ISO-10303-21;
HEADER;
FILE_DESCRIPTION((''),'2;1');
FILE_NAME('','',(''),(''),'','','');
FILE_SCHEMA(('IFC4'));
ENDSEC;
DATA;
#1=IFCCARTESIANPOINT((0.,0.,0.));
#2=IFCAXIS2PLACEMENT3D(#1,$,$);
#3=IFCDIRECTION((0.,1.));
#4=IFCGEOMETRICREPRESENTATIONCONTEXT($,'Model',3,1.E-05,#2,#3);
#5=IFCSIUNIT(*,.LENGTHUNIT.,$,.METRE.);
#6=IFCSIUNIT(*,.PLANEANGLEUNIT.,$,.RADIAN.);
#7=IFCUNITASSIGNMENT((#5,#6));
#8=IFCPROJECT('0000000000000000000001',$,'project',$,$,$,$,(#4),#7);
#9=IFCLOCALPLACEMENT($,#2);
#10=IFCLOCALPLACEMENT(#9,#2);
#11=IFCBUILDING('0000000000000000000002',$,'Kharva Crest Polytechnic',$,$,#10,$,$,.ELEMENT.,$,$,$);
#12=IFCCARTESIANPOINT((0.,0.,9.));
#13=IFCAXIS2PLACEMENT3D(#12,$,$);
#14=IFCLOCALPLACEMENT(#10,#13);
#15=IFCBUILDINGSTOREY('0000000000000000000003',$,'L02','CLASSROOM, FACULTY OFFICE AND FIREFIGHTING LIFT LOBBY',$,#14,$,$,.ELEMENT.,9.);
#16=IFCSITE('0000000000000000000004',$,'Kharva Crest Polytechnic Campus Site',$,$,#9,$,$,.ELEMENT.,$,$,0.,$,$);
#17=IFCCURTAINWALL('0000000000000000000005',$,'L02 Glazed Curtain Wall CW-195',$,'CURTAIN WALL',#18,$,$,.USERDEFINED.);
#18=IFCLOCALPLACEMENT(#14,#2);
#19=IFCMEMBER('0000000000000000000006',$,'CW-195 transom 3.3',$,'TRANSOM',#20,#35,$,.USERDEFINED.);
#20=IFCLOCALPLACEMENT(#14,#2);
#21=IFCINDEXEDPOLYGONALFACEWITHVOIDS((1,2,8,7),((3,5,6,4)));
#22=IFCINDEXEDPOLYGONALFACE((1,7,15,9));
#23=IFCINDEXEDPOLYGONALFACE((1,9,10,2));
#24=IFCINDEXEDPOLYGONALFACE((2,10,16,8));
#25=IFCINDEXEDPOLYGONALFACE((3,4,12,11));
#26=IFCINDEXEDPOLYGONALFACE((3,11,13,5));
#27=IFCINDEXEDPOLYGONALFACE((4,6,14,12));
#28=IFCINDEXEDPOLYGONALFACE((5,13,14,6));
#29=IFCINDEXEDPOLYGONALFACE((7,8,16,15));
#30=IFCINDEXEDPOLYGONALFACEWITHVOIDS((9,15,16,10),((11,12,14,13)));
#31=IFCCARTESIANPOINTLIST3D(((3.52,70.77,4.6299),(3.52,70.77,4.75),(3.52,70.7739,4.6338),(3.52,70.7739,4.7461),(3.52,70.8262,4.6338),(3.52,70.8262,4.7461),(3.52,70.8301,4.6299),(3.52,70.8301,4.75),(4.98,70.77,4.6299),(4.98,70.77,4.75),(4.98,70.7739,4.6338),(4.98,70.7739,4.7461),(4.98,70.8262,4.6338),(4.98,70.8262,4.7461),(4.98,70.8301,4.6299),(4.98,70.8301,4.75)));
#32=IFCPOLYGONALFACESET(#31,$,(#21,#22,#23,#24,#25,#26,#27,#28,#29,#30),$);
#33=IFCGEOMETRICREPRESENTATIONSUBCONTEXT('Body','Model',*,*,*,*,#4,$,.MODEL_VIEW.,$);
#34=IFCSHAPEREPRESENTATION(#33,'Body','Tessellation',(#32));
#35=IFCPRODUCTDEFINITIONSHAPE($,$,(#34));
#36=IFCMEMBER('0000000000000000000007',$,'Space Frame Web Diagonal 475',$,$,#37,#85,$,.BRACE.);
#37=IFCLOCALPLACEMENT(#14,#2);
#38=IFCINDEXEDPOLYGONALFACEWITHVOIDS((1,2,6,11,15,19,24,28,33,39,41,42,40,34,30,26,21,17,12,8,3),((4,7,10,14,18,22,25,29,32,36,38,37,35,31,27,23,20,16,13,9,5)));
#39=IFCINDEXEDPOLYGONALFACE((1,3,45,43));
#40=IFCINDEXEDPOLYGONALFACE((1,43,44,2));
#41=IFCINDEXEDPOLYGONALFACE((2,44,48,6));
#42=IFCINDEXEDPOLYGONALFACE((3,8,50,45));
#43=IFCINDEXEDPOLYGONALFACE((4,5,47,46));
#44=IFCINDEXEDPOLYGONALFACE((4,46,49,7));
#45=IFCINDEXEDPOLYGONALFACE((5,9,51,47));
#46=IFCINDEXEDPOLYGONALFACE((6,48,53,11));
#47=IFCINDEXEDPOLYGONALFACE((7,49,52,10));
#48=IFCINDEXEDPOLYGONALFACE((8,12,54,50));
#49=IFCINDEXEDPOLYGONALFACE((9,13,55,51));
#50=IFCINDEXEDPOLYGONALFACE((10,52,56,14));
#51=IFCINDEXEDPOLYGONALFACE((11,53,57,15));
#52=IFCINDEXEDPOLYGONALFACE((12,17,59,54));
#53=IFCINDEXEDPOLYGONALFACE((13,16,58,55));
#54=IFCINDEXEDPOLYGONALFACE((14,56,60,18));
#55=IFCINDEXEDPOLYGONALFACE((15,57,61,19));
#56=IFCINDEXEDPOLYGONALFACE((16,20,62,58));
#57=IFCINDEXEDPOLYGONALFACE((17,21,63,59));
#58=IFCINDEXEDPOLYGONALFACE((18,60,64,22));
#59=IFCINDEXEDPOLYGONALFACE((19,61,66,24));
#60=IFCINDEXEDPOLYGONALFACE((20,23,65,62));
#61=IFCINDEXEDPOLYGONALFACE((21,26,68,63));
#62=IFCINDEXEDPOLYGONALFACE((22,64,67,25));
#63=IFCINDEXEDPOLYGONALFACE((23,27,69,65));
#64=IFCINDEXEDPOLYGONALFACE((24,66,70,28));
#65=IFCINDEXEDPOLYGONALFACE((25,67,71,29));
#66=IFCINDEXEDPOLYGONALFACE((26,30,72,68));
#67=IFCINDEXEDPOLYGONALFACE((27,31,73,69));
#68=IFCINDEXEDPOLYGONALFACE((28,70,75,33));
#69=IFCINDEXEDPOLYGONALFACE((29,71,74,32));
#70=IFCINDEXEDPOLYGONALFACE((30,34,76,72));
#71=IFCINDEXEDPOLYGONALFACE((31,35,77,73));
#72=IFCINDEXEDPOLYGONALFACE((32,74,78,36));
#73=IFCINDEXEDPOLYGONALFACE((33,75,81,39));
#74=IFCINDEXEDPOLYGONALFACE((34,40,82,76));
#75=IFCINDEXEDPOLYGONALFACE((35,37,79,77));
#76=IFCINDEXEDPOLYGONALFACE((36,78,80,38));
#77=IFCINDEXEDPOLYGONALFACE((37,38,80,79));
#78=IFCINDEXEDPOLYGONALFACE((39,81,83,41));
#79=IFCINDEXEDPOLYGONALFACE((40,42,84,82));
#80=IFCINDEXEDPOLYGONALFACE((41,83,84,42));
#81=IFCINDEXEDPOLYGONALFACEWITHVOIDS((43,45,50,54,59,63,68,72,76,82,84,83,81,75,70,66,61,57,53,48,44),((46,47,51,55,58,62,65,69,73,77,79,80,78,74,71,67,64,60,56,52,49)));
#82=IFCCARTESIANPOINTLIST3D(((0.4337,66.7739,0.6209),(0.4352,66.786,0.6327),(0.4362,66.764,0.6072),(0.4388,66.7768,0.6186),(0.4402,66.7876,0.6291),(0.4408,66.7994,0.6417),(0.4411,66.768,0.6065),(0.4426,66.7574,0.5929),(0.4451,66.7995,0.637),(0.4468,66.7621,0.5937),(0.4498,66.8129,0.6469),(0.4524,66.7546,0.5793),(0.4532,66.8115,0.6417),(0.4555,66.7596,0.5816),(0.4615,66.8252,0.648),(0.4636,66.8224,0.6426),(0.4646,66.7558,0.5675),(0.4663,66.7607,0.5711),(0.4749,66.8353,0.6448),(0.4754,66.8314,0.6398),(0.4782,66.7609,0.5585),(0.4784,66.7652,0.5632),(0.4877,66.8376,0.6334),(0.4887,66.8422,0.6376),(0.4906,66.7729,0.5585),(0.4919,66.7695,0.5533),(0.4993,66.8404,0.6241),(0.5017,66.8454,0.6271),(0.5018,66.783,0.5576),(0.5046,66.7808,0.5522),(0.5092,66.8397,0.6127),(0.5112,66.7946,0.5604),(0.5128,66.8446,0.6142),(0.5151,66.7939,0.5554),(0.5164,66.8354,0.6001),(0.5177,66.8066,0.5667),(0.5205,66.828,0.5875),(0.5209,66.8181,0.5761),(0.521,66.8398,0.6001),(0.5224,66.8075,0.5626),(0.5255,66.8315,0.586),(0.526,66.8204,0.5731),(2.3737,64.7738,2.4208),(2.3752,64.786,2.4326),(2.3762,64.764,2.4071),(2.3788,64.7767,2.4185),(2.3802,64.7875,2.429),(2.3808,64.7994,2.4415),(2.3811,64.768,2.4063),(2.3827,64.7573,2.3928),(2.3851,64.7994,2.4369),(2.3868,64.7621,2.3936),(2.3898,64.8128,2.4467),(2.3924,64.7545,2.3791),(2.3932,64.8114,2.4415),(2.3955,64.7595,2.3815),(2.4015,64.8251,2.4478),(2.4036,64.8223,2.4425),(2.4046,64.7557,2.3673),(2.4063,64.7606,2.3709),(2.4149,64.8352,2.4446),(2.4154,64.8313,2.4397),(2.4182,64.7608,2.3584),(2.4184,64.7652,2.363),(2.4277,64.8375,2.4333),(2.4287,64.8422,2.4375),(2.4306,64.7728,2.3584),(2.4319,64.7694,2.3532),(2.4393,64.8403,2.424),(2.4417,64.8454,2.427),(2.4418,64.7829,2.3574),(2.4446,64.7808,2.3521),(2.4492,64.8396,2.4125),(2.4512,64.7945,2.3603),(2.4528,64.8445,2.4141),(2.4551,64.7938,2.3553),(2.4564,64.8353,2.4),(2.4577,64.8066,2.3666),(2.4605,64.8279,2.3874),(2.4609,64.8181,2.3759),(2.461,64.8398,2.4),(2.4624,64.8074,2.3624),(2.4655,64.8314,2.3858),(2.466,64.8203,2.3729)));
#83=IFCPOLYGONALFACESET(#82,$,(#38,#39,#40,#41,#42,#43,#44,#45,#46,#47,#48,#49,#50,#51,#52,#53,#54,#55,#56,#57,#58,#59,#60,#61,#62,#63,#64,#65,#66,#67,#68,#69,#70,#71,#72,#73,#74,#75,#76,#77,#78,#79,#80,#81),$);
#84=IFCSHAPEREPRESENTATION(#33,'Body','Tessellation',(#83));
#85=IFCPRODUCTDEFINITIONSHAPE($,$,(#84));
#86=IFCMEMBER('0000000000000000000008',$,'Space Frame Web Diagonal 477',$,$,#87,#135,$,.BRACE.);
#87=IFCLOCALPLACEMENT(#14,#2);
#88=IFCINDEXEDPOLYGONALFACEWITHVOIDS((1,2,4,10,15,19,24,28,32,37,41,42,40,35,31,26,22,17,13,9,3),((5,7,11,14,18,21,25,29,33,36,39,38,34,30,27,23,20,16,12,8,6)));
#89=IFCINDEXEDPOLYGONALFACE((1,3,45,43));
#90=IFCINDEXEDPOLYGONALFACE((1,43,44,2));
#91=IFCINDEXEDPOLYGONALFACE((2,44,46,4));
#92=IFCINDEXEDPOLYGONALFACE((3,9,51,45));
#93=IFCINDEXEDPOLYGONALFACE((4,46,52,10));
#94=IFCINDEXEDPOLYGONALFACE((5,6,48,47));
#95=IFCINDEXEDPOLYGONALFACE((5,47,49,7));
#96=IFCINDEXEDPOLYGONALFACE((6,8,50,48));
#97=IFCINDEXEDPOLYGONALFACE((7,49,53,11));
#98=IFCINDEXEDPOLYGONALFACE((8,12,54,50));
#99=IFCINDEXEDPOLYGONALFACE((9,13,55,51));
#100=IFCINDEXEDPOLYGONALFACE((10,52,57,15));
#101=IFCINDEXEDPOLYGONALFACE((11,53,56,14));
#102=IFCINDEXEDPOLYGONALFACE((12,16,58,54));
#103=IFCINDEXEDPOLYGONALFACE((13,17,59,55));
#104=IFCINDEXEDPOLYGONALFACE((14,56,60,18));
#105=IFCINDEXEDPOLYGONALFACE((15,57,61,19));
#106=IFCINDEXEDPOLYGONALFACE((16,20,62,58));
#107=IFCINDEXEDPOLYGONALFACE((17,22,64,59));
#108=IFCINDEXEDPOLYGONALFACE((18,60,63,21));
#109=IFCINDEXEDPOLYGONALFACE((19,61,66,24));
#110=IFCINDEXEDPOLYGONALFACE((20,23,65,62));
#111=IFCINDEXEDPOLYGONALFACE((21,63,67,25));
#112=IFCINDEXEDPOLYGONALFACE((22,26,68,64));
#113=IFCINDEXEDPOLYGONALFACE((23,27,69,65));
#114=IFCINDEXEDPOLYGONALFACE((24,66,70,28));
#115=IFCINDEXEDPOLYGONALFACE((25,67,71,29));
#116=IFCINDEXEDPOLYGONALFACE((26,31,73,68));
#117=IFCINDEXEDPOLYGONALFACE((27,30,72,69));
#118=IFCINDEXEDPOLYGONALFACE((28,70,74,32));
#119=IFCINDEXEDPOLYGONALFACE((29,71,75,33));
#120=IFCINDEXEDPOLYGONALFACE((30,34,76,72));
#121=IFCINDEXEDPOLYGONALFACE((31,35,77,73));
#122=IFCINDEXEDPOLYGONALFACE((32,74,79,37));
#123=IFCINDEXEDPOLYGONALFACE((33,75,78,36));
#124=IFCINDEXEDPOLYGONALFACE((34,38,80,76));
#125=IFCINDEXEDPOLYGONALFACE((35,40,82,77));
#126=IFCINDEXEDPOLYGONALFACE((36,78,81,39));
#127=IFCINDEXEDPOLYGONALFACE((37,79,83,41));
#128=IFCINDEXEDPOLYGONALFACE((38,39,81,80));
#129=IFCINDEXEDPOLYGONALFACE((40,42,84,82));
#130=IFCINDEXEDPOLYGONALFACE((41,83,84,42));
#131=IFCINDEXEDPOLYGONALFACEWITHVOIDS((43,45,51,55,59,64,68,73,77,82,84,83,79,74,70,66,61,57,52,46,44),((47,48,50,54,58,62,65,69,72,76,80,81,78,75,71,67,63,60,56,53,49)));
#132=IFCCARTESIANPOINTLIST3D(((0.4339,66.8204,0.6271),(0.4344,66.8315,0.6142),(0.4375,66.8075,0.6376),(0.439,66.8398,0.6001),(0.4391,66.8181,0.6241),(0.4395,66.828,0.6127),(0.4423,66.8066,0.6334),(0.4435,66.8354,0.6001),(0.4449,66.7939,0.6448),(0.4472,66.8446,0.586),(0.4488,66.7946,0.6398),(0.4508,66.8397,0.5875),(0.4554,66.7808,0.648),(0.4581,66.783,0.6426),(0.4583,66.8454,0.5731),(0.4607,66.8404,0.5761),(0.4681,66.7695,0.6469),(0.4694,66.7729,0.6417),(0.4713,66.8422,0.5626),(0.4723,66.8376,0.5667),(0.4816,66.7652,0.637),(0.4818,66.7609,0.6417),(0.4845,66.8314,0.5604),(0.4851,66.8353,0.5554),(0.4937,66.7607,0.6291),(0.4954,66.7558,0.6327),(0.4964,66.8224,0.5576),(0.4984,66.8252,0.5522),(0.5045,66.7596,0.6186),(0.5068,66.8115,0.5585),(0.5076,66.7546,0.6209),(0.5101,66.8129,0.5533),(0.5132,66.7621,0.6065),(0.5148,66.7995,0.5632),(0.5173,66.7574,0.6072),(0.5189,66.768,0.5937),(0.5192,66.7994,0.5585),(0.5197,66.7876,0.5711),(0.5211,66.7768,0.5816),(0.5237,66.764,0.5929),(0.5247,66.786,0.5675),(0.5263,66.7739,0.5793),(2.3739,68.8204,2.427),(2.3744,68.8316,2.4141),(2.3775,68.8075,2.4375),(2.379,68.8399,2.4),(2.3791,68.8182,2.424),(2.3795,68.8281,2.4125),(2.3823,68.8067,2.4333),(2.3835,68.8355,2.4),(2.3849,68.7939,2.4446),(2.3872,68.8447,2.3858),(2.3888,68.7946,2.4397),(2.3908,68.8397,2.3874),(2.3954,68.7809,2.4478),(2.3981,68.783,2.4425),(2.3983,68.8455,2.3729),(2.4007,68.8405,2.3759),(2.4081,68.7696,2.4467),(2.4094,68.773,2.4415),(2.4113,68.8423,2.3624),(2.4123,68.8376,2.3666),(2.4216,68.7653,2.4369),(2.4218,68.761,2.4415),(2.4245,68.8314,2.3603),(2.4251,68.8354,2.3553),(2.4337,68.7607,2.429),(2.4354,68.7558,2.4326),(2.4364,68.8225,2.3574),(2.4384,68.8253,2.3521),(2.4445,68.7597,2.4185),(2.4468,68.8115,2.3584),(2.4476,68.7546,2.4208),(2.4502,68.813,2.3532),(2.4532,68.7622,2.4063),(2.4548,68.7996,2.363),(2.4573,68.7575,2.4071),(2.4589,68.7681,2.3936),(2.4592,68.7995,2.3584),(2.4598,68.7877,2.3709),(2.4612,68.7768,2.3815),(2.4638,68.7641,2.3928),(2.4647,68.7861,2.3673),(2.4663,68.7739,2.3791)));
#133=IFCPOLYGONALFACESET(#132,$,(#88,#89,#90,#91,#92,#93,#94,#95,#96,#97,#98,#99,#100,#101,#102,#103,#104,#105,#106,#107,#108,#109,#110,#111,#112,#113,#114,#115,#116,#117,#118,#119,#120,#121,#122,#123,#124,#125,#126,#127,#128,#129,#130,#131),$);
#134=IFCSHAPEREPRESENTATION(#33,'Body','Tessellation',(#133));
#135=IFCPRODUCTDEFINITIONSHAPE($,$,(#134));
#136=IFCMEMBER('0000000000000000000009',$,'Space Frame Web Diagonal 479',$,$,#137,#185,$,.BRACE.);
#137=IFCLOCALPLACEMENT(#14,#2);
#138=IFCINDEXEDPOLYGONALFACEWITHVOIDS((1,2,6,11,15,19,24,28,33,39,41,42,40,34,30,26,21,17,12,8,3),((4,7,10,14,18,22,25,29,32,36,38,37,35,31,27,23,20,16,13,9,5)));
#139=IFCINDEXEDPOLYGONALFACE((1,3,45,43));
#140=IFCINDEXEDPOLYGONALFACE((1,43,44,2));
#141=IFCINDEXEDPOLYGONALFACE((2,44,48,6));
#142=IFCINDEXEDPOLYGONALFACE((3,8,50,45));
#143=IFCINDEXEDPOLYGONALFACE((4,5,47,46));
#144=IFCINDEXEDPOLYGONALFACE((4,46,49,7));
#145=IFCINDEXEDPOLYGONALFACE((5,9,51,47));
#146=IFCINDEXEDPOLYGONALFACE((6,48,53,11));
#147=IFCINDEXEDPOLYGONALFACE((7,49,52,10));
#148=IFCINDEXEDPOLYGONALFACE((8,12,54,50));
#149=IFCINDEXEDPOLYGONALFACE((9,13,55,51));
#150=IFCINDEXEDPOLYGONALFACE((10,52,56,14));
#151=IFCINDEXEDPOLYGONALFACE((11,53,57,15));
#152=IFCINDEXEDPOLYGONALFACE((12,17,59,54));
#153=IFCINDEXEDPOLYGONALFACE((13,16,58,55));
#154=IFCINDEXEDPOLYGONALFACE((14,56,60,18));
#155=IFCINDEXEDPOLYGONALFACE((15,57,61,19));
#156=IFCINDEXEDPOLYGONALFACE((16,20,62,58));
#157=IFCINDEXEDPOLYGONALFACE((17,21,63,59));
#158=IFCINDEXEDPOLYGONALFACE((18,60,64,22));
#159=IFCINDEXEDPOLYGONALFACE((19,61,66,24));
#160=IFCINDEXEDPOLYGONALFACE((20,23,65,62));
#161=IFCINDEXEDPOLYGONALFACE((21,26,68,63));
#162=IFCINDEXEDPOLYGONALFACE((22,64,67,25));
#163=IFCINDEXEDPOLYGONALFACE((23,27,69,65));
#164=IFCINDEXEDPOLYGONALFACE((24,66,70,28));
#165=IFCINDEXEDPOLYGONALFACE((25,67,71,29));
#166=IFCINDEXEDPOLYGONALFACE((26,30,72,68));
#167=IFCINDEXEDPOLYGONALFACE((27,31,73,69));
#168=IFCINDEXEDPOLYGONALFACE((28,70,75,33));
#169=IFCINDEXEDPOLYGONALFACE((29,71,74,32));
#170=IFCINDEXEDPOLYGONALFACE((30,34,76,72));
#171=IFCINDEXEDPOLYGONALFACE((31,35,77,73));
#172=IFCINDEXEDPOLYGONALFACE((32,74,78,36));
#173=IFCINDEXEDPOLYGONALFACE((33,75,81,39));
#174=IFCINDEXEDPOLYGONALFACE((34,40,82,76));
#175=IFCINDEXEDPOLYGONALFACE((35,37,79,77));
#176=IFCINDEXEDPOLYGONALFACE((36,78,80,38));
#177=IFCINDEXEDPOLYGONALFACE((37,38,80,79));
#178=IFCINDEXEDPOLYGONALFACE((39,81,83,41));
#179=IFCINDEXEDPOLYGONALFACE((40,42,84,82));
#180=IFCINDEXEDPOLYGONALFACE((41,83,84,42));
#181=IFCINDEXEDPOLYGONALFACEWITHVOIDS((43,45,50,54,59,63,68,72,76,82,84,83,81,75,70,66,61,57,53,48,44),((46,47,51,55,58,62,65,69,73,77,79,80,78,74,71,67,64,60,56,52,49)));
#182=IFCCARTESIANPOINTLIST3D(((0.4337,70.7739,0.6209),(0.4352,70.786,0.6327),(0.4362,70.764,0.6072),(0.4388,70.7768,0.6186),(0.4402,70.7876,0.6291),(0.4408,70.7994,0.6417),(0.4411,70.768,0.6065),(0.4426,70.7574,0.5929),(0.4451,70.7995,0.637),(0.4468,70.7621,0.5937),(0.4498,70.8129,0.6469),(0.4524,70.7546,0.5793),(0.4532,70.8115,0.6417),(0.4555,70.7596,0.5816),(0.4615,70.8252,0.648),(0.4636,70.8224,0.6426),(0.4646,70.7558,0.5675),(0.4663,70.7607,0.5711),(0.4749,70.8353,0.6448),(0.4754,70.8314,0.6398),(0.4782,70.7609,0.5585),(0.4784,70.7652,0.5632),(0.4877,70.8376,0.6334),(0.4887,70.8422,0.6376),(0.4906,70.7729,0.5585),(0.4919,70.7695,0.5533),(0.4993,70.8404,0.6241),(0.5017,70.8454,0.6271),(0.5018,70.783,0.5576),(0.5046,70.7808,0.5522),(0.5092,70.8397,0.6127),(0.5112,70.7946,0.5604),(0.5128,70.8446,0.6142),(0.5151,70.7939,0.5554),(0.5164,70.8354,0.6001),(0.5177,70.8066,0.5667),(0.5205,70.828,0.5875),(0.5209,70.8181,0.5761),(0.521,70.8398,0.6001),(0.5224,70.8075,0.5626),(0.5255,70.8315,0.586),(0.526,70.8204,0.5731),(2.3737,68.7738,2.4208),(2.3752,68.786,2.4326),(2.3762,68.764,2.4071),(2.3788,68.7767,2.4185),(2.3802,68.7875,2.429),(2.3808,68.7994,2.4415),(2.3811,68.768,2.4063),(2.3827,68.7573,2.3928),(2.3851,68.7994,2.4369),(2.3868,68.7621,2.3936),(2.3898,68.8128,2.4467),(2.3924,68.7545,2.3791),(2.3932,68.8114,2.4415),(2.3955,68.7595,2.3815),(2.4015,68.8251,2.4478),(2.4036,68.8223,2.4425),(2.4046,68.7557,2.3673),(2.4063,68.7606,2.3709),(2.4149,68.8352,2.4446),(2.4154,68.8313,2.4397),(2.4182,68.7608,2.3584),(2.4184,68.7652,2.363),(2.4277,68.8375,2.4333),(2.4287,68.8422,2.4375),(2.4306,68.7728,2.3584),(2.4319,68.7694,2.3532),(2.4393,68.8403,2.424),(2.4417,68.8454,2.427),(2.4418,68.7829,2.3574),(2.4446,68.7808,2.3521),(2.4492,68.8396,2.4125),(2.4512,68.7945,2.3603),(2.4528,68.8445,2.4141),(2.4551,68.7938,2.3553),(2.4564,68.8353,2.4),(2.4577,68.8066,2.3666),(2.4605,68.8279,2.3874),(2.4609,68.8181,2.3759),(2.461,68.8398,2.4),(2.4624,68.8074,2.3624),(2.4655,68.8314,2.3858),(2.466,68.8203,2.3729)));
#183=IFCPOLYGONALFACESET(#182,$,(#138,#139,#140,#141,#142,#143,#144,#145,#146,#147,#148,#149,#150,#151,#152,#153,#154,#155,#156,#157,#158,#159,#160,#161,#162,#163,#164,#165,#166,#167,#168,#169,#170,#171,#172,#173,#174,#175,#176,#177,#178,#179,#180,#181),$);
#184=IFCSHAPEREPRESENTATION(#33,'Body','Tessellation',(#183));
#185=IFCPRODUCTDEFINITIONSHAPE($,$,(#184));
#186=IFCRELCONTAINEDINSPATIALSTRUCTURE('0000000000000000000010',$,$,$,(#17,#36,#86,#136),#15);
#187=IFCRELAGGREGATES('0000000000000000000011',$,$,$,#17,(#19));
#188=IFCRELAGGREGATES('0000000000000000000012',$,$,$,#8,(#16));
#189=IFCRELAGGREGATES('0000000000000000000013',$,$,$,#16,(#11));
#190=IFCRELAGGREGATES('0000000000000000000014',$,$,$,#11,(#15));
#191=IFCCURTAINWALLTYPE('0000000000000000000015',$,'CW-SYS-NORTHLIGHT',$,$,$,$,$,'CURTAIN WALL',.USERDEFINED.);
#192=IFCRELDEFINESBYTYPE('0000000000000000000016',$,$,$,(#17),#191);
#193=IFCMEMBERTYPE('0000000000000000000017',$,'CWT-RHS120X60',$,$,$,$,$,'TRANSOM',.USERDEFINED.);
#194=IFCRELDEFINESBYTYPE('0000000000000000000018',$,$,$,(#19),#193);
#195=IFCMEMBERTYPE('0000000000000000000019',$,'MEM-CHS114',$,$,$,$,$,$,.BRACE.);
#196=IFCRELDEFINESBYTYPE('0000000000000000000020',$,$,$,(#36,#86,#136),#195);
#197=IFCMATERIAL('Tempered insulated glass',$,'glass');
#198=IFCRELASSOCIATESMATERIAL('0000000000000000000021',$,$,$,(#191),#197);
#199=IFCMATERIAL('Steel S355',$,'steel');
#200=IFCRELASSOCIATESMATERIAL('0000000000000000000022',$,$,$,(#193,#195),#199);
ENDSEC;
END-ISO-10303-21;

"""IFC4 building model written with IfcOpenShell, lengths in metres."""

from ifc_helpers import new_model, si_unit, direction, frame, origin, origin_2d, place, context, subcontext, project, spatial, hollow_rectangle, hollow_circle, extrude, material, material_profile, profile_set, type_object, element, aggregate, save


model = new_model("IFC4")

# Units and contexts
model_context = context("Model", 3, precision=1e-05, world=origin(), true_north=direction((0.0, 1.0)))
body_context = subcontext(model_context, "Body", "Model", "MODEL_VIEW")
ifc_project = project(units=[si_unit("LENGTHUNIT", "METRE"), si_unit("PLANEANGLEUNIT", "RADIAN")], contexts=[model_context])

# Site, building, storey
site_placement = place(None, origin())
site = spatial("IfcSite", under=ifc_project, at=site_placement, Name="Kharva Crest Polytechnic Campus Site", CompositionType="ELEMENT", RefElevation=0.0)
building_placement = place(site_placement, origin())
building = spatial("IfcBuilding", under=site, at=building_placement, Name="Kharva Crest Polytechnic", CompositionType="ELEMENT")
storey_placement = place(building_placement, frame((0.0, 0.0, 9.0)))
storey = spatial("IfcBuildingStorey", under=building, at=storey_placement, Name="L02", Description="CLASSROOM, FACULTY OFFICE AND FIREFIGHTING LIFT LOBBY", CompositionType="ELEMENT", Elevation=9.0)

# Curtain wall, member
ifc_material_1 = material(Name="Tempered insulated glass", Category="glass")
curtain_wall_type = type_object("IfcCurtainWallType", Name="CW-SYS-NORTHLIGHT", ElementType="CURTAIN WALL", PredefinedType="USERDEFINED", material=ifc_material_1)
curtain_wall_placement = place(storey_placement, origin())
curtain_wall = element("IfcCurtainWall", 1, at=curtain_wall_placement, inside=storey, type_object=curtain_wall_type, Name="L02 Glazed Curtain Wall CW-195", ObjectType="CURTAIN WALL", PredefinedType="USERDEFINED")
ifc_material_2 = material(Name="Steel S355", Category="steel")
ifc_material_profile_1 = material_profile(ifc_material_2, hollow_rectangle(XDim=0.0601, YDim=0.1201, WallThickness=0.0039, at=origin_2d()), Name="RHS 120X60X4.0")
ifc_profile_set_1 = profile_set([ifc_material_profile_1], Name="Steel S355")
member_type_1 = type_object("IfcMemberType", Name="CWT-RHS120X60", ElementType="TRANSOM", PredefinedType="USERDEFINED", material=ifc_profile_set_1)
member_1_placement = place(storey_placement, frame((3.52, 70.8, 4.6899), z_axis=(1.0, 0.0, 0.0), x_axis=(0.0, 1.0, 0.0)))
member_1 = element("IfcMember", 2, at=member_1_placement, type_object=member_type_1, Name="CW-195 transom 3.3", ObjectType="TRANSOM", PredefinedType="USERDEFINED", context=body_context, shape_type="SweptSolid", body=[
    extrude(hollow_rectangle(XDim=0.0601, YDim=0.1201, WallThickness=0.0039, at=origin_2d()), origin(), (0.0, 0.0, 1.0), 1.46),
])

# Members
ifc_material_profile_2 = material_profile(ifc_material_2, hollow_circle(Radius=0.0571, WallThickness=0.0063, at=origin_2d()), Name="CHS 114.3X6.3")
ifc_profile_set_2 = profile_set([ifc_material_profile_2], Name="Steel S355")
member_type_2 = type_object("IfcMemberType", Name="MEM-CHS114", PredefinedType="BRACE", material=ifc_profile_set_2)
for number, where, z_axis, x_axis, name in (
    (3, (0.48, 66.8, 0.6001), (0.584843, -0.60295, 0.542596), (0.717802, 0.696247, 0.0), "Space Frame Web Diagonal 475"),
    (4, (0.48, 66.8, 0.6001), (0.584843, 0.60295, 0.542596), (-0.717802, 0.696247, 0.0), "Space Frame Web Diagonal 477"),
    (5, (0.48, 70.8, 0.6001), (0.584843, -0.60295, 0.542596), (0.717802, 0.696247, 0.0), "Space Frame Web Diagonal 479"),
):
    element("IfcMember", number, at=place(storey_placement, frame(where, z_axis=z_axis, x_axis=x_axis)), inside=storey, type_object=member_type_2, Name=name, PredefinedType="BRACE", context=body_context, shape_type="SweptSolid", body=[
        extrude(hollow_circle(Radius=0.0571, WallThickness=0.0063, at=origin_2d()), origin(), (0.0, 0.0, 1.0), 3.3171),
    ])

aggregate(curtain_wall, [member_1])

save(model, "model.ifc")
